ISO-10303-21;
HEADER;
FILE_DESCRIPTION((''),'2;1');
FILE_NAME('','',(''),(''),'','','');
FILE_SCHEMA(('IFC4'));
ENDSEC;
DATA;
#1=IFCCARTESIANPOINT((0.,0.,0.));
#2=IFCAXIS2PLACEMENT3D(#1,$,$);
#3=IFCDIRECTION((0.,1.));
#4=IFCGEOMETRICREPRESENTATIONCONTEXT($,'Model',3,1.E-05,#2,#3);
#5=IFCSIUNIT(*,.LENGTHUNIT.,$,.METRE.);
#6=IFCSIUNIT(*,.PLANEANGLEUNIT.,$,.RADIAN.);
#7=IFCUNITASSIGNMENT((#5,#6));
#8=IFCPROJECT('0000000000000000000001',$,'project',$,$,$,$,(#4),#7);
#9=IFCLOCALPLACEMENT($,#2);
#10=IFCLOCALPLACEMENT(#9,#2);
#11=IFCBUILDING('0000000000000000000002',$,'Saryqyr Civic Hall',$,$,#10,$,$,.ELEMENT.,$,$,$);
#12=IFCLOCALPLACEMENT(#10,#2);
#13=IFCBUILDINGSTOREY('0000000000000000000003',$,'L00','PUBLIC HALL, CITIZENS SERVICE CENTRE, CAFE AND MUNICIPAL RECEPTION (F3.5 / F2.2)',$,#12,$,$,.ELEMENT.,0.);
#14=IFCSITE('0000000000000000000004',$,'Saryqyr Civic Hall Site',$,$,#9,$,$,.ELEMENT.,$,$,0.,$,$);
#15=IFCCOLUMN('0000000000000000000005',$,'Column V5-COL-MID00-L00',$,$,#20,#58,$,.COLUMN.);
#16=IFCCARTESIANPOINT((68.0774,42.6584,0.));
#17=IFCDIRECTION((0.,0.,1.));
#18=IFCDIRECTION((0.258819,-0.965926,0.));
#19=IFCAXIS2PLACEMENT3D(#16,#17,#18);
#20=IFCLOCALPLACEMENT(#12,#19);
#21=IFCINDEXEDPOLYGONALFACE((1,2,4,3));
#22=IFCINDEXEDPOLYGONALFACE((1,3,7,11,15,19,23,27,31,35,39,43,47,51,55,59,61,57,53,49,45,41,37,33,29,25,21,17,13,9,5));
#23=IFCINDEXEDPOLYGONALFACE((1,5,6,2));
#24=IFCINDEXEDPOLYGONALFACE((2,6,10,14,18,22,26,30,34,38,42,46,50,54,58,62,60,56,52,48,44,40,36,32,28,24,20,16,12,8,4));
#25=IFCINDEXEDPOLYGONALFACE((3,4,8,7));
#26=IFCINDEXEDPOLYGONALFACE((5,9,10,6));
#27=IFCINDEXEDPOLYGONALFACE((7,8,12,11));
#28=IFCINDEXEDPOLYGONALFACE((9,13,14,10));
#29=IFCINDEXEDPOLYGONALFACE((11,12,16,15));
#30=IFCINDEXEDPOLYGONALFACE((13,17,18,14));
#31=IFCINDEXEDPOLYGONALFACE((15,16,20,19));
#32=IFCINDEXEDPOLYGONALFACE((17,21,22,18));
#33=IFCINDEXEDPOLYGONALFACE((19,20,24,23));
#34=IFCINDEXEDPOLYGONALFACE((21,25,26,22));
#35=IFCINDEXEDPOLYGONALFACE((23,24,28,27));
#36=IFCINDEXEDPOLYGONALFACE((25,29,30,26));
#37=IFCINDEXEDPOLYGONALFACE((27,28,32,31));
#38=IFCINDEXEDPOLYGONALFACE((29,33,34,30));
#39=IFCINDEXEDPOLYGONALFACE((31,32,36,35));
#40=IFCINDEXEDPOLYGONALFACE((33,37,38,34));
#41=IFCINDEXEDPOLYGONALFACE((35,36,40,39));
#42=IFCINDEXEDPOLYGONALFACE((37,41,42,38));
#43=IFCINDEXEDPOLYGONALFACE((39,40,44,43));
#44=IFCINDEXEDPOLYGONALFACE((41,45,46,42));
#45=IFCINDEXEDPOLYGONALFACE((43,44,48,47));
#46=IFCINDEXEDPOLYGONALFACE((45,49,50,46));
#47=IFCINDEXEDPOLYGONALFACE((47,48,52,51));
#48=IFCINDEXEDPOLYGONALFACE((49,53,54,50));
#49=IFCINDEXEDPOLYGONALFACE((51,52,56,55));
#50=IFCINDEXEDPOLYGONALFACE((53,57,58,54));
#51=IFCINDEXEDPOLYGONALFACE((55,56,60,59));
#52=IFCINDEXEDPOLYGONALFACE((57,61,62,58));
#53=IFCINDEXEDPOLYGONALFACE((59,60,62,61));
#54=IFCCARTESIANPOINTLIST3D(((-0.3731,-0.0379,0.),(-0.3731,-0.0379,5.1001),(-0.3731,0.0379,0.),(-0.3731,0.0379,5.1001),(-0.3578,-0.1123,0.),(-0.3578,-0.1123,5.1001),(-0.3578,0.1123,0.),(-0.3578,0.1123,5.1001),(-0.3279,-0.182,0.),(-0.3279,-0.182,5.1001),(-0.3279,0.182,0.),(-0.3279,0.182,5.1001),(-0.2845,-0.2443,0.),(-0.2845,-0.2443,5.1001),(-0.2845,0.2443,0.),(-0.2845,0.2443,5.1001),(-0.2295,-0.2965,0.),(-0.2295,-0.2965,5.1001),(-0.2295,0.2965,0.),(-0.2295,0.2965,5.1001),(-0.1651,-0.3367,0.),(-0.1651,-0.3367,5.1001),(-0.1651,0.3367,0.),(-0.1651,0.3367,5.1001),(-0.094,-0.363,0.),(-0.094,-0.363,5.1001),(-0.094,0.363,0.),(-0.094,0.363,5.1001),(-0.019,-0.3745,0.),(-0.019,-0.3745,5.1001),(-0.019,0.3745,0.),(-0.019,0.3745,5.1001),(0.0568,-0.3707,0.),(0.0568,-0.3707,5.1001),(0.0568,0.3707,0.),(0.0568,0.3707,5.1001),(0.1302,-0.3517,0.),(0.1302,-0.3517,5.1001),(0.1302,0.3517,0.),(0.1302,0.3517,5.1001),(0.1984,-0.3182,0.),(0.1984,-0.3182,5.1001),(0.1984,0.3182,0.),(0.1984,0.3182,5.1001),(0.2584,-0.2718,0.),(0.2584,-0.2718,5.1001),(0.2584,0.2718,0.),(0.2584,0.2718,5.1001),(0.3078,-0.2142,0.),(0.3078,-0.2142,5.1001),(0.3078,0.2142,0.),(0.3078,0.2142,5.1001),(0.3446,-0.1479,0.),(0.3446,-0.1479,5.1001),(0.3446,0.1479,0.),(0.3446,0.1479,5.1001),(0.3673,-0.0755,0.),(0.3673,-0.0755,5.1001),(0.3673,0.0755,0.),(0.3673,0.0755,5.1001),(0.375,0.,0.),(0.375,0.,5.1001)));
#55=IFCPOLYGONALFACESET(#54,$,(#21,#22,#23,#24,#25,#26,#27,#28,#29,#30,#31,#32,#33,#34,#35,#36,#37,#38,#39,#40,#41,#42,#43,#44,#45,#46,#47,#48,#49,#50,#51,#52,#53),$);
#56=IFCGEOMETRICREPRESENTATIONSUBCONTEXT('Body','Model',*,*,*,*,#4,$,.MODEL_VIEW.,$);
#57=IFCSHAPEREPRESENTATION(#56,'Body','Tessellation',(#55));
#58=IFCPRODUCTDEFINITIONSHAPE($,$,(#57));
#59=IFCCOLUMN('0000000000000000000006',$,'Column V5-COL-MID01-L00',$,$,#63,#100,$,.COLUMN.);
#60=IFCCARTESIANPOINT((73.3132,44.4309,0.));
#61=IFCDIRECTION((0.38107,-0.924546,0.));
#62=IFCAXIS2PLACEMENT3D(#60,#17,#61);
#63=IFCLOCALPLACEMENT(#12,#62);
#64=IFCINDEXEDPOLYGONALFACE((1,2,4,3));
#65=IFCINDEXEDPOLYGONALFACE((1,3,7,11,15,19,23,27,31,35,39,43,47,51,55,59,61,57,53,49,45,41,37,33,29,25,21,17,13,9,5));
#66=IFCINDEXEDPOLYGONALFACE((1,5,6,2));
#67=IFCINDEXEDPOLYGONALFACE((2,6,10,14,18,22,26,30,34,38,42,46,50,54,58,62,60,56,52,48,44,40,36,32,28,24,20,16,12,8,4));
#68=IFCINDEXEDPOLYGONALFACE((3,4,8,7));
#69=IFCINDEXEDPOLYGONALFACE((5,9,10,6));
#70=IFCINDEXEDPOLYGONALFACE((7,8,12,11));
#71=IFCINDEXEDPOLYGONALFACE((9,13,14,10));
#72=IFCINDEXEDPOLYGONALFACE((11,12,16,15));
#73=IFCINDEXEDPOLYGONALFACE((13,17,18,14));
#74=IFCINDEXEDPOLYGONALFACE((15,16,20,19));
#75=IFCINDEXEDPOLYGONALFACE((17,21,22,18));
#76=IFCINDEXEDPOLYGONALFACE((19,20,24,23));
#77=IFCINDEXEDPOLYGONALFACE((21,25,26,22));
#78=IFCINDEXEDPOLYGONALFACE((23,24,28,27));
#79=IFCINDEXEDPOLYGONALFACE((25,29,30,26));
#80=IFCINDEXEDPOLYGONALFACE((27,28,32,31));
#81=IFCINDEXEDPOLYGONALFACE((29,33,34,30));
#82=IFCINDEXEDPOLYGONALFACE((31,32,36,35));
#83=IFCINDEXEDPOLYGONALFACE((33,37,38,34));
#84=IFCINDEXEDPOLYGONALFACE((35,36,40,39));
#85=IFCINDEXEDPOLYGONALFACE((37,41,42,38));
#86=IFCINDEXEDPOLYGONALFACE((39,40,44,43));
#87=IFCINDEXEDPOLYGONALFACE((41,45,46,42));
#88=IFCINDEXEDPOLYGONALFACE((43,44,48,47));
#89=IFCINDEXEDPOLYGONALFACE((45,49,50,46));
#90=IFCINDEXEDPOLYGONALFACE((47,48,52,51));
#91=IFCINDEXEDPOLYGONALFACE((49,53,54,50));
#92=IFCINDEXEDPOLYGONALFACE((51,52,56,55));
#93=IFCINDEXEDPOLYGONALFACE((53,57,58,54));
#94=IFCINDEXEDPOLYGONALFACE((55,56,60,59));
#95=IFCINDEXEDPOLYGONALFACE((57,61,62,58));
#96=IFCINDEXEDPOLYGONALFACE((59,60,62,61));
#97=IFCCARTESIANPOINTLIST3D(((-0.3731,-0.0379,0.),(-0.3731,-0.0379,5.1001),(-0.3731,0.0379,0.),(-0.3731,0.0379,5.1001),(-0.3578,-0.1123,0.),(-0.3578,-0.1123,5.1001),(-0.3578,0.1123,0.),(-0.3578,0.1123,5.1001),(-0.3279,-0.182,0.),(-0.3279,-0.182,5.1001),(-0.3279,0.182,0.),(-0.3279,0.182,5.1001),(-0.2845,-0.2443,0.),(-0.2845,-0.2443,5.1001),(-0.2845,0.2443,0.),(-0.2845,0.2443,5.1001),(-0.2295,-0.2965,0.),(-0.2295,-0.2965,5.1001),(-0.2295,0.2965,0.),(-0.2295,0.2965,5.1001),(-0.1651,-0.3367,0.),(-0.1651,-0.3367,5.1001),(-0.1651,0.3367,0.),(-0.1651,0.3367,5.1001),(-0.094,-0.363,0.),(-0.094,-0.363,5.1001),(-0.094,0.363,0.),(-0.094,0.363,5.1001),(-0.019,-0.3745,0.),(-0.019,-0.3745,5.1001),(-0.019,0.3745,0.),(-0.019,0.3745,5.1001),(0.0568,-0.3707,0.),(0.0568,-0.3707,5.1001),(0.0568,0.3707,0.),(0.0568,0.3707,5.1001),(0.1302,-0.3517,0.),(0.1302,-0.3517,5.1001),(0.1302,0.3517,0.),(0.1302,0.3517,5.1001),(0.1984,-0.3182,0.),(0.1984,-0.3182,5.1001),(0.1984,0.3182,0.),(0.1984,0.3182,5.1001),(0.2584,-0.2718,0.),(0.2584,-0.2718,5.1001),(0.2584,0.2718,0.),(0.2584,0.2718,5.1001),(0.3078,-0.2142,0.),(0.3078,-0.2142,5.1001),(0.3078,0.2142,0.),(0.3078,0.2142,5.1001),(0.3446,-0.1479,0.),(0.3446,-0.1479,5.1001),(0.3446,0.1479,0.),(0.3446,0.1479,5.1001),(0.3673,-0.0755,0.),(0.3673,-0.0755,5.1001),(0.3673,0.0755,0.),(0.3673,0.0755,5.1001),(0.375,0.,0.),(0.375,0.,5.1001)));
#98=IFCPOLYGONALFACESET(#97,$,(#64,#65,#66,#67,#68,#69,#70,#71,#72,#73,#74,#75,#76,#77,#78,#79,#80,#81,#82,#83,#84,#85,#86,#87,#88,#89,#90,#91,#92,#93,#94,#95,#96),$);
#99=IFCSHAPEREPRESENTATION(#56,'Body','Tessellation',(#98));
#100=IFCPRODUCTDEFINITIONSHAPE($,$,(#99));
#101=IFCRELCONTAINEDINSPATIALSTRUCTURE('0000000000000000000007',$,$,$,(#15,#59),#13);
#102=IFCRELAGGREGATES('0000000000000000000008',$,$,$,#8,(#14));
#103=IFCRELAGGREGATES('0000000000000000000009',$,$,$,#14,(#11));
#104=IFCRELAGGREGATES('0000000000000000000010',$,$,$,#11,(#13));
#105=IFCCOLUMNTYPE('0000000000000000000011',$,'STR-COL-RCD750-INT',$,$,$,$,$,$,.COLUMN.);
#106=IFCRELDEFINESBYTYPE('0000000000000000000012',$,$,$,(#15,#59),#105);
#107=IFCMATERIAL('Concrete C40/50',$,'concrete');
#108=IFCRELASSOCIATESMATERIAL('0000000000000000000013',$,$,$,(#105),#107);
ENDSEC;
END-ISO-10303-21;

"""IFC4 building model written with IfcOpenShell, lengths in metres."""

from ifc_helpers import new_model, si_unit, direction, frame, origin, origin_2d, place, context, subcontext, project, spatial, circle, extrude, material, material_profile, profile_set, type_object, element, save


model = new_model("IFC4")

# Units and contexts
model_context = context("Model", 3, precision=1e-05, world=origin(), true_north=direction((0.0, 1.0)))
body_context = subcontext(model_context, "Body", "Model", "MODEL_VIEW")
ifc_project = project(units=[si_unit("LENGTHUNIT", "METRE"), si_unit("PLANEANGLEUNIT", "RADIAN")], contexts=[model_context])

# Site, building, storey
site_placement = place(None, origin())
site = spatial("IfcSite", under=ifc_project, at=site_placement, Name="Saryqyr Civic Hall Site", CompositionType="ELEMENT", RefElevation=0.0)
building_placement = place(site_placement, origin())
building = spatial("IfcBuilding", under=site, at=building_placement, Name="Saryqyr Civic Hall", CompositionType="ELEMENT")
storey_placement = place(building_placement, origin())
storey = spatial("IfcBuildingStorey", under=building, at=storey_placement, Name="L00", Description="PUBLIC HALL, CITIZENS SERVICE CENTRE, CAFE AND MUNICIPAL RECEPTION (F3.5 / F2.2)", CompositionType="ELEMENT", Elevation=0.0)

# Columns
ifc_material_1 = material(Name="Concrete C40/50", Category="concrete")
ifc_material_profile_1 = material_profile(ifc_material_1, circle(Radius=0.375, at=origin_2d()), Name="RC D750")
ifc_profile_set_1 = profile_set([ifc_material_profile_1], Name="Concrete C40/50")
column_type_1 = type_object("IfcColumnType", Name="STR-COL-RCD750-INT", PredefinedType="COLUMN", material=ifc_profile_set_1)
for number, where, z_axis, x_axis, name in (
    (1, (68.0774, 42.6584, 0.0), (0.0, 0.0, 1.0), (0.258819, -0.965926, 0.0), "Column V5-COL-MID00-L00"),
    (2, (73.3132, 44.4309, 0.0), (0.0, 0.0, 1.0), (0.38107, -0.924546, 0.0), "Column V5-COL-MID01-L00"),
):
    element("IfcColumn", number, at=place(storey_placement, frame(where, z_axis=z_axis, x_axis=x_axis)), inside=storey, type_object=column_type_1, Name=name, PredefinedType="COLUMN", context=body_context, shape_type="SweptSolid", body=[
        extrude(circle(Radius=0.375, at=origin_2d()), origin(), (0.0, 0.0, 1.0), 5.1001),
    ])

save(model, "model.ifc")
